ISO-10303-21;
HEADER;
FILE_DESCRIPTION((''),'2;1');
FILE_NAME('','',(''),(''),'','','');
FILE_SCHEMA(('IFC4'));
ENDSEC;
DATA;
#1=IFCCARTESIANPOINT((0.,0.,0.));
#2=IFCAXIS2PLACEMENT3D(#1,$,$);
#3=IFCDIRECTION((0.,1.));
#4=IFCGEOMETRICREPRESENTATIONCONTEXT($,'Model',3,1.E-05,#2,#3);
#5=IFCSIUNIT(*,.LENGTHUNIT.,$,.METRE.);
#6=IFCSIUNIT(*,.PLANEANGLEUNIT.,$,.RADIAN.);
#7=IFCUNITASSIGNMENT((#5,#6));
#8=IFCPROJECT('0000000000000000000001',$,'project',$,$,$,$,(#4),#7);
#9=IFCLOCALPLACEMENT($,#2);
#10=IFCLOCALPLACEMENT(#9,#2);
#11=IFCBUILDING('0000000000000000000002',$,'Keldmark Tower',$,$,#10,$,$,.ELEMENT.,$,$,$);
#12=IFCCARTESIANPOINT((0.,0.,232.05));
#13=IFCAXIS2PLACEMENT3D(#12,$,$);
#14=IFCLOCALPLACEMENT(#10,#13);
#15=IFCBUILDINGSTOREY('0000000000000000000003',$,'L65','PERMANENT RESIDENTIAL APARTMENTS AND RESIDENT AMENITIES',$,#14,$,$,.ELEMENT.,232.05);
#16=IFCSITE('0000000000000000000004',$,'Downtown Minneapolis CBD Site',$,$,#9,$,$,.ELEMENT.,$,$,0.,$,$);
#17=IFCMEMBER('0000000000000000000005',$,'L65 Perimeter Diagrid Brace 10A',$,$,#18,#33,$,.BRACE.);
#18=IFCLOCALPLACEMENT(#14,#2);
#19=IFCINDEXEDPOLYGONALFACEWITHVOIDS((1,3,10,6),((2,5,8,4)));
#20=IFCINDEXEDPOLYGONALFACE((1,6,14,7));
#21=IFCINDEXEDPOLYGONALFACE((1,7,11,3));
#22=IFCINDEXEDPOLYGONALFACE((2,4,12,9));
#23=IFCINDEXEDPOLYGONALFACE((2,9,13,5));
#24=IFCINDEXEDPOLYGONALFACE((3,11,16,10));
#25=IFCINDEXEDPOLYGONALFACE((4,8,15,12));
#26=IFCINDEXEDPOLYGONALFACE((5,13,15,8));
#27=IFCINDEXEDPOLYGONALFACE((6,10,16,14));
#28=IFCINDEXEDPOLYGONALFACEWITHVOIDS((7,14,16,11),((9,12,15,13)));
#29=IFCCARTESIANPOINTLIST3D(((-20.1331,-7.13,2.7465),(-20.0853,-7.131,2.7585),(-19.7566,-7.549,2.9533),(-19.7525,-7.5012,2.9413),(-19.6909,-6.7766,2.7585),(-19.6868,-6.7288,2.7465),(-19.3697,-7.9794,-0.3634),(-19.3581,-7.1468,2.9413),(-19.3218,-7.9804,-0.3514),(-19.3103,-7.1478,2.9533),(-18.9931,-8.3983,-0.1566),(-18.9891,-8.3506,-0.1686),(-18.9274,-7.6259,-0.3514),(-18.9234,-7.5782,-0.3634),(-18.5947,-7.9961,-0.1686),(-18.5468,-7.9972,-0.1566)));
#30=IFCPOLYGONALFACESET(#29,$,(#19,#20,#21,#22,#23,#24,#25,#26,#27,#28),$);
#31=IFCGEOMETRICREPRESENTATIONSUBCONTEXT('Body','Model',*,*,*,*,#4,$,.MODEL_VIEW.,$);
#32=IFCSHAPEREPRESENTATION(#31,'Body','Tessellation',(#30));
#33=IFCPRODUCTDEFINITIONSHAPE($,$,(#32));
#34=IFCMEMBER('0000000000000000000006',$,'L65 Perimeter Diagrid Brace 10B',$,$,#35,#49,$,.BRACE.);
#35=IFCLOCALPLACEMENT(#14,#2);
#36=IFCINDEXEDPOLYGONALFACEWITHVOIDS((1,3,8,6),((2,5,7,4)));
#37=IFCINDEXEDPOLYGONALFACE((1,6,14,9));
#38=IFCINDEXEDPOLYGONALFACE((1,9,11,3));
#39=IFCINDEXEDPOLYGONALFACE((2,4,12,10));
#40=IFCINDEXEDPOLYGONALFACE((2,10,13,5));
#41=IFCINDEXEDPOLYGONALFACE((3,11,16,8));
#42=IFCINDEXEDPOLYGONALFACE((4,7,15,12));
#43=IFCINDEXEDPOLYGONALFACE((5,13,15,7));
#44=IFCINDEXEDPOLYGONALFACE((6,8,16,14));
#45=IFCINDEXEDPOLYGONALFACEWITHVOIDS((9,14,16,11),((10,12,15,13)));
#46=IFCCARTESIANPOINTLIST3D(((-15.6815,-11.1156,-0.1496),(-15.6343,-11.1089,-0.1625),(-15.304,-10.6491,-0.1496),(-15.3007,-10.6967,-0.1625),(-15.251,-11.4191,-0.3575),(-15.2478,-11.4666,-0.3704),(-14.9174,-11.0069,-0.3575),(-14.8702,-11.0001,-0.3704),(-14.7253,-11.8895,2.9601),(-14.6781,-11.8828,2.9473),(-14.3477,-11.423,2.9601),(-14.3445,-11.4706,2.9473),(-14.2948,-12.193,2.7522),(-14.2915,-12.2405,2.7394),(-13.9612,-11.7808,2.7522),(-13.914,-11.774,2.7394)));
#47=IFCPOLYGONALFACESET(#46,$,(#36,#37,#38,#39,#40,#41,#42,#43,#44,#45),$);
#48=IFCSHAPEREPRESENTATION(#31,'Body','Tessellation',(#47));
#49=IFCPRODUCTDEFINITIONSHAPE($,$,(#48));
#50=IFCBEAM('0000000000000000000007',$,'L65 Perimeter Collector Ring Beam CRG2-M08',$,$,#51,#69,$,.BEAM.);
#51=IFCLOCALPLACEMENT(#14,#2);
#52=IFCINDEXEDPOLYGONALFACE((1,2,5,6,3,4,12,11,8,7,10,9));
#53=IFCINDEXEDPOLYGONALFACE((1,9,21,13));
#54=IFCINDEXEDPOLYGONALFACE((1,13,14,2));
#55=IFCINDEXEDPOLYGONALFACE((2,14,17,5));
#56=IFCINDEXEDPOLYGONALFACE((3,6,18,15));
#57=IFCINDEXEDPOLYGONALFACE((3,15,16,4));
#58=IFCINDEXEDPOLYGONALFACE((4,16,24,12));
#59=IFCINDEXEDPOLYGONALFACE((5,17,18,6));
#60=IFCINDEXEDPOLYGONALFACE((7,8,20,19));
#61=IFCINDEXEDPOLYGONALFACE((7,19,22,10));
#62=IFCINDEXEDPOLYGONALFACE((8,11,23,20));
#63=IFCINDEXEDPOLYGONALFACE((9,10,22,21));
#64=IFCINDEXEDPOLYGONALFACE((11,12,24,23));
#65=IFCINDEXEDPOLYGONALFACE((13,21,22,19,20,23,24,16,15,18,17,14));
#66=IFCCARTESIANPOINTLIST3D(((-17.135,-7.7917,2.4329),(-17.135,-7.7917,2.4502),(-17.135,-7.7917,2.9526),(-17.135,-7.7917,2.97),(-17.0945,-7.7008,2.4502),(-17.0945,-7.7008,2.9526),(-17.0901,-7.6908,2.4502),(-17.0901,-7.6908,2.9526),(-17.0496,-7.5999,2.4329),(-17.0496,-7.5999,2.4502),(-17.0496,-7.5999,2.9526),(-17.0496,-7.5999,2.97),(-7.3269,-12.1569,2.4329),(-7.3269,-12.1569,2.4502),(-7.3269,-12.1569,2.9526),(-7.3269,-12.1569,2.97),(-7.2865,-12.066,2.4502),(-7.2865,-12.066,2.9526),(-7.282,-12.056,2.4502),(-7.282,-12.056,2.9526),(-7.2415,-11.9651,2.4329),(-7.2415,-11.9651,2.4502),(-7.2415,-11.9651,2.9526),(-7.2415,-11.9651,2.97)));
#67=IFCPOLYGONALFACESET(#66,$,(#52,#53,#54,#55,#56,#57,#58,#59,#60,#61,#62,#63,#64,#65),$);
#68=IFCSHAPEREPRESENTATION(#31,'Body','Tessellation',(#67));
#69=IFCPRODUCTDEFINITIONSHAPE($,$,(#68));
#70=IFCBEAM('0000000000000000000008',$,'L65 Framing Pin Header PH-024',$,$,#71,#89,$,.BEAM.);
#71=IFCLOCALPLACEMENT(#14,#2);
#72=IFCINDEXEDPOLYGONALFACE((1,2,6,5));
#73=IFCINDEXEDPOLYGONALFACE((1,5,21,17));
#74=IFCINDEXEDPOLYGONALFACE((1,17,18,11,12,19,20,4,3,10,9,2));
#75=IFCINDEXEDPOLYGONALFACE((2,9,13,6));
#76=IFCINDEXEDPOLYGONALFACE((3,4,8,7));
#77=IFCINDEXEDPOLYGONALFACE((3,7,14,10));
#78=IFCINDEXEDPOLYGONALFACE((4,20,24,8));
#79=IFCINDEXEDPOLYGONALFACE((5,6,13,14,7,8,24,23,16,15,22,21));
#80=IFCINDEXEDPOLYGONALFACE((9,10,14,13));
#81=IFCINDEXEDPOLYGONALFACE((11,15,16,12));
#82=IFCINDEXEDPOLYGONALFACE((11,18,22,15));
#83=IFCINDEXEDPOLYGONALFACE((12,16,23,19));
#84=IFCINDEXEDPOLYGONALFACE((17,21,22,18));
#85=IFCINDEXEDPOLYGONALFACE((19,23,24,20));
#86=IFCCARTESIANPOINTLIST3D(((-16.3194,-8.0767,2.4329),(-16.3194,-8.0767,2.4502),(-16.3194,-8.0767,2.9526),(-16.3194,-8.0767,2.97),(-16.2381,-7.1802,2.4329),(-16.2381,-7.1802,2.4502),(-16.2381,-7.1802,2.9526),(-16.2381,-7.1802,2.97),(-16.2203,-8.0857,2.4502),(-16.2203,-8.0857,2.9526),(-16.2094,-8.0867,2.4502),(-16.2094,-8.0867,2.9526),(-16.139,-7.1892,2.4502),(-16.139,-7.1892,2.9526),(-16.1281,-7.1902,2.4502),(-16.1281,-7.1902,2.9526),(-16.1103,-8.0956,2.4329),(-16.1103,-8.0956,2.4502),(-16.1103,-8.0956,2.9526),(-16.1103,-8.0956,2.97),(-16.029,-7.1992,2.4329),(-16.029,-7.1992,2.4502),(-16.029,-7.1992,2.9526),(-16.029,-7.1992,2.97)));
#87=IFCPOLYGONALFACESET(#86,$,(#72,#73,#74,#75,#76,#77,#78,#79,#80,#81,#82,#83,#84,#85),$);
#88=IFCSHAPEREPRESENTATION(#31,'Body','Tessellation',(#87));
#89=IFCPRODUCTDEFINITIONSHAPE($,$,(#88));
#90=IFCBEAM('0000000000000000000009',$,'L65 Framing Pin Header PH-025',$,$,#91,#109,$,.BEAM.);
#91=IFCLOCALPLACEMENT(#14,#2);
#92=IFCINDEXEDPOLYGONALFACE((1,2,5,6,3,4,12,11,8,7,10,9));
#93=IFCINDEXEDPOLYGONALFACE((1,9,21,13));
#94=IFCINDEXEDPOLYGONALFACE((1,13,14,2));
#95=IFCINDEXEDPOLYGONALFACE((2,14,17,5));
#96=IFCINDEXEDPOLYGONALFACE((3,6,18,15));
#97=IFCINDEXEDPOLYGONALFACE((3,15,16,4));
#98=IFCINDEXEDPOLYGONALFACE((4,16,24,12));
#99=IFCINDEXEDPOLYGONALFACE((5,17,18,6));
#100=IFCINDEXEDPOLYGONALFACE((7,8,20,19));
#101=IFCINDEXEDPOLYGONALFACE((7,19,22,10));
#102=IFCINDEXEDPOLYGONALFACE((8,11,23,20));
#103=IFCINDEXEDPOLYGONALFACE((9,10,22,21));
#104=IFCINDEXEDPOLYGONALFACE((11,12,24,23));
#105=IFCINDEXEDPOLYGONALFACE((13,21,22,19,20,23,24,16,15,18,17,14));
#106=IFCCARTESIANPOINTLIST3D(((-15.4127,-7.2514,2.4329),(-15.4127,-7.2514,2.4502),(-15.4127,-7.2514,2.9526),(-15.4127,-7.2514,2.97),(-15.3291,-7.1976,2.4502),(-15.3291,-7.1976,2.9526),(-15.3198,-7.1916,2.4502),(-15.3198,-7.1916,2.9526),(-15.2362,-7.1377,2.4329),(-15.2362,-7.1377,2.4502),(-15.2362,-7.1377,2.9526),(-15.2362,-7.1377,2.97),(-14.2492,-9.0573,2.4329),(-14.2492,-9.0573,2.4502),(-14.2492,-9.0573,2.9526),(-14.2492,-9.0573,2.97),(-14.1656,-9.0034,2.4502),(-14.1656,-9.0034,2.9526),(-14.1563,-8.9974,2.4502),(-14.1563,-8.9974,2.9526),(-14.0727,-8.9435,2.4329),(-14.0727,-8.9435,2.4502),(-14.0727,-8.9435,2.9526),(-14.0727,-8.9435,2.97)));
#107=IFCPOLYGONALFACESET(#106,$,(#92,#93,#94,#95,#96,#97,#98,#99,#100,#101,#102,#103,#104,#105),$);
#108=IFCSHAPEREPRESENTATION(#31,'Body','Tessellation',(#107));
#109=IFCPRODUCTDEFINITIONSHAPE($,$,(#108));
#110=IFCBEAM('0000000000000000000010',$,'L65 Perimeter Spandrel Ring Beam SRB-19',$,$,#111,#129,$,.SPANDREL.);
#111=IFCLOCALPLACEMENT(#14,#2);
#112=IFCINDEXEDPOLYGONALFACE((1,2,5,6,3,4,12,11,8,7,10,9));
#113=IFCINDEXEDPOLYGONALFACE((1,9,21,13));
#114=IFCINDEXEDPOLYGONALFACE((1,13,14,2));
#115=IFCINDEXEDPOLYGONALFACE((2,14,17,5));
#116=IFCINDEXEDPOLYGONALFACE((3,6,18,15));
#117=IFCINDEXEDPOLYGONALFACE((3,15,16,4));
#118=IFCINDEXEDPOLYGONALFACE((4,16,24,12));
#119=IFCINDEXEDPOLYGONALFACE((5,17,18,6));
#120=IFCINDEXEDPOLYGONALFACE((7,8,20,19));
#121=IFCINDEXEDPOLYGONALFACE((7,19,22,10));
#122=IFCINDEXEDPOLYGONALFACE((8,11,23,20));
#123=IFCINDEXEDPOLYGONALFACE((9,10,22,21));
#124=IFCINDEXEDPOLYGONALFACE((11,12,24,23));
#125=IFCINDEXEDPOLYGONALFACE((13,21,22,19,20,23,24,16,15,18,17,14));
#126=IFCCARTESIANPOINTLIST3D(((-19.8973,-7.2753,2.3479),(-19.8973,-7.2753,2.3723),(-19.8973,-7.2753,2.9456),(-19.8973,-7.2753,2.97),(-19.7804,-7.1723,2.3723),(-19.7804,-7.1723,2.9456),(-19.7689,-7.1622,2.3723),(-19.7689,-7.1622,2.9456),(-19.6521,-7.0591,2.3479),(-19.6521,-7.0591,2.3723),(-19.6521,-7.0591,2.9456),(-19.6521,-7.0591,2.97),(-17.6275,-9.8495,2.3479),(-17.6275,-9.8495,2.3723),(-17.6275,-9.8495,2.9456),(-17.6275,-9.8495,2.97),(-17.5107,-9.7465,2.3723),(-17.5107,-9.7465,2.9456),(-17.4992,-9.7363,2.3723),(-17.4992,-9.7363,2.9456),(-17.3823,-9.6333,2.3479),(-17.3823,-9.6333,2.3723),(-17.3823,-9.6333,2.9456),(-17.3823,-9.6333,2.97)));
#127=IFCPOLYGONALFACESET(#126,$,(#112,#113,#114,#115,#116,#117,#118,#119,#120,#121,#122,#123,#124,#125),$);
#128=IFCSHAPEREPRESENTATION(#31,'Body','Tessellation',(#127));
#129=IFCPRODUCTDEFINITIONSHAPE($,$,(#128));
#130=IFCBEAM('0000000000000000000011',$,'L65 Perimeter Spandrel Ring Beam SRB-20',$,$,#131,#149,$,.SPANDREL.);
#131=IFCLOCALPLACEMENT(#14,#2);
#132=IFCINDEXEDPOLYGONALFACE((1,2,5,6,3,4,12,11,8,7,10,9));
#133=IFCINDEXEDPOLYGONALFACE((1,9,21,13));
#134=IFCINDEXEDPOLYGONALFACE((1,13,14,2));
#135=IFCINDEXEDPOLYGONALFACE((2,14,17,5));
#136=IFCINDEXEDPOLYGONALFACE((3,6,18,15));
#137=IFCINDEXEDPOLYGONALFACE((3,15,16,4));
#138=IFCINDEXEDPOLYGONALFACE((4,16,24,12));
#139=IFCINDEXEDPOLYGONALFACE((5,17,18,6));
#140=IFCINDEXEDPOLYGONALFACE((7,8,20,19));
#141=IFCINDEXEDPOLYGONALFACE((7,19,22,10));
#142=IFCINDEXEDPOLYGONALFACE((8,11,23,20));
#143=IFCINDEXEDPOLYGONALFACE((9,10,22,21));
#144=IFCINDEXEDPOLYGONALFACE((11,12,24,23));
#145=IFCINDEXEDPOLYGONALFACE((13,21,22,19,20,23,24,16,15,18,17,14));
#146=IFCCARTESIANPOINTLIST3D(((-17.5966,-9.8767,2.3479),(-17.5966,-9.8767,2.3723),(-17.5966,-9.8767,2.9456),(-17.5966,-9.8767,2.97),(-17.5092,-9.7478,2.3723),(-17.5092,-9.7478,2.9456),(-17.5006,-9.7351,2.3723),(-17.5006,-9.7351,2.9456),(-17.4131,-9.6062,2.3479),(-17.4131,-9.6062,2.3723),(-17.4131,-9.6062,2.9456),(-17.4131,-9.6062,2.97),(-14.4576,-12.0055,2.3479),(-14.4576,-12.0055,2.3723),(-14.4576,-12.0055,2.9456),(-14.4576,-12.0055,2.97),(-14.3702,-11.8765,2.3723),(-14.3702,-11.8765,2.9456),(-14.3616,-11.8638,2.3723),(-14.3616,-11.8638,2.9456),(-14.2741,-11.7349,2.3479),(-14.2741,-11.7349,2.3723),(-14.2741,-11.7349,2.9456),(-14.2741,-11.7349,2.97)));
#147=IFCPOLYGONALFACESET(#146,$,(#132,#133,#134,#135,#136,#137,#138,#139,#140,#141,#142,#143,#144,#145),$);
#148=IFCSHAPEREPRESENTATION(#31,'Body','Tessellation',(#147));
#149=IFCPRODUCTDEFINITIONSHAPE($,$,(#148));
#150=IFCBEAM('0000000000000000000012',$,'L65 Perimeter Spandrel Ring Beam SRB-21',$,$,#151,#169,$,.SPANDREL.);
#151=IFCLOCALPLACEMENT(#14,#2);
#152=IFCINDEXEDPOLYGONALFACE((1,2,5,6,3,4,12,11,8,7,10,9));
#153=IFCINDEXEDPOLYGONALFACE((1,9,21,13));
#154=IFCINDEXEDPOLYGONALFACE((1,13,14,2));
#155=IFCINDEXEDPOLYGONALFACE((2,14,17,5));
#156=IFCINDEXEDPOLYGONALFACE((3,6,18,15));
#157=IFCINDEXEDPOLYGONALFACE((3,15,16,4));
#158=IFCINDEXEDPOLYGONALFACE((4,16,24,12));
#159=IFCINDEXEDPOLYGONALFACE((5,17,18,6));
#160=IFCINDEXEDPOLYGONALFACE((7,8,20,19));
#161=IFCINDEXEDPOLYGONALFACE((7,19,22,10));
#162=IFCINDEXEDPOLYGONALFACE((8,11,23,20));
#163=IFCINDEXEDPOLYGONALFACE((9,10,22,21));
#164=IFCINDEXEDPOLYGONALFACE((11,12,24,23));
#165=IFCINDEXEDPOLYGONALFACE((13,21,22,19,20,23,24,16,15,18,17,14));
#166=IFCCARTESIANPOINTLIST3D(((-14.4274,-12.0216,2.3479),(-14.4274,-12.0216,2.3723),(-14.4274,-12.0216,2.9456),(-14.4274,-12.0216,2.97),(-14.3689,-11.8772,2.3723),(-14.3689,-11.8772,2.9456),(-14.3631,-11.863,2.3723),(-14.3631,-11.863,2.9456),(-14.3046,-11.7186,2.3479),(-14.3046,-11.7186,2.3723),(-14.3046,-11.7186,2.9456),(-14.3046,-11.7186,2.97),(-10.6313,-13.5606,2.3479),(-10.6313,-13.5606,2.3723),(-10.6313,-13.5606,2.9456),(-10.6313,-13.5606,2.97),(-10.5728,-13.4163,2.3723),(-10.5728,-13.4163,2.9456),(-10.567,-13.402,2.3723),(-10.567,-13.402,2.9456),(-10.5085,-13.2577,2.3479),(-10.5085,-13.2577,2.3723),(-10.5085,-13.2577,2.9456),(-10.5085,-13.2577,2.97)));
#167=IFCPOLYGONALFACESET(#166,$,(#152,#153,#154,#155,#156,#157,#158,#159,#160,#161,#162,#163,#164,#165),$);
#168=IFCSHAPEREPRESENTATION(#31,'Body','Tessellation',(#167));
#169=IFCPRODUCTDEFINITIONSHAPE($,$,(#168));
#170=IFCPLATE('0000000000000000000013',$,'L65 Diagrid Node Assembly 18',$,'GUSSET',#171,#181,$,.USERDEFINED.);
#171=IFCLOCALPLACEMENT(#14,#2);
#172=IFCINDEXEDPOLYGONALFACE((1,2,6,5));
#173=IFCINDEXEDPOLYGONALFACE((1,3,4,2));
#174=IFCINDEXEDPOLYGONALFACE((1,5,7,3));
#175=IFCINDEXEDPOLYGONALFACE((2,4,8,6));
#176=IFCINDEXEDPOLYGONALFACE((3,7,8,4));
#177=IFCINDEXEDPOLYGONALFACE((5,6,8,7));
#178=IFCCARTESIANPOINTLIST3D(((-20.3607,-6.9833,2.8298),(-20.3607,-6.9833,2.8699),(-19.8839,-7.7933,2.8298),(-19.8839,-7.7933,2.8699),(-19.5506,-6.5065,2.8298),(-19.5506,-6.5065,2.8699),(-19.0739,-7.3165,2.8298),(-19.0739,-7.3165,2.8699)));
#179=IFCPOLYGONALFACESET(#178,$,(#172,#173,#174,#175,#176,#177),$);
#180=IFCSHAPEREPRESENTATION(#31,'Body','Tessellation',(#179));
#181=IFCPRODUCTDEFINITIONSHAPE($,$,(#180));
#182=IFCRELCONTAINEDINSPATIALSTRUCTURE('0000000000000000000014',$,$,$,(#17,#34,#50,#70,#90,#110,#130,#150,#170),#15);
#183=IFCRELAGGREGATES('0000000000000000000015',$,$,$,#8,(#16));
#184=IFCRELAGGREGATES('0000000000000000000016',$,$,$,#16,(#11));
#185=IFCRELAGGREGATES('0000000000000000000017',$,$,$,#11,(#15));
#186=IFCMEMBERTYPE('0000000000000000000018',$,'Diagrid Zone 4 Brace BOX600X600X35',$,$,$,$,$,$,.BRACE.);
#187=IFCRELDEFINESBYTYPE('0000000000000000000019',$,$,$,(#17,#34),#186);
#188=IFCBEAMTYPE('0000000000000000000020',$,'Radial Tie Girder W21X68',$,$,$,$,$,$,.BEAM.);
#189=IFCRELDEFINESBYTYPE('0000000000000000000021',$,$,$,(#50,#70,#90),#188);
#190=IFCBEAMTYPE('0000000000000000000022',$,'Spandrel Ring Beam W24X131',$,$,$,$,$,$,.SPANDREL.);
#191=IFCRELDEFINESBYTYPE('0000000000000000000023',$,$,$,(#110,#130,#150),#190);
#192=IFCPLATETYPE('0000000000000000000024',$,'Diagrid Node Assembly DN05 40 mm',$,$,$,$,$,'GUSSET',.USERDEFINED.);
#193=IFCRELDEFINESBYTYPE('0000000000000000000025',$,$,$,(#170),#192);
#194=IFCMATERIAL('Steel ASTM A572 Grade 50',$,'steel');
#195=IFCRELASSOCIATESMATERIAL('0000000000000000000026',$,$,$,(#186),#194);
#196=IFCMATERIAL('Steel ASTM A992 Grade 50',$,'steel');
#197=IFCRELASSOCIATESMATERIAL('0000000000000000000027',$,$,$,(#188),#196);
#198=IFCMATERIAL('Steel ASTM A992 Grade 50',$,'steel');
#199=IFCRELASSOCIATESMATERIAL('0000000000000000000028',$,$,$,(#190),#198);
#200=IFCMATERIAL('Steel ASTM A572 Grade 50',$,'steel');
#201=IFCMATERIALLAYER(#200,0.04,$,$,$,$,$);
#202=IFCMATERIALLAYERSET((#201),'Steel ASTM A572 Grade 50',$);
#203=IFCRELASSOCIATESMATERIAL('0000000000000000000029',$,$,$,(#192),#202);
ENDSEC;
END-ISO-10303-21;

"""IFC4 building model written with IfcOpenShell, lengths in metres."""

from ifc_helpers import new_model, si_unit, direction, frame, origin, origin_2d, place, context, subcontext, project, spatial, rectangle, hollow_rectangle, i_section, extrude, material, layer, layer_set, material_profile, profile_set, type_object, element, save


model = new_model("IFC4")

# Units and contexts
model_context = context("Model", 3, precision=1e-05, world=origin(), true_north=direction((0.0, 1.0)))
body_context = subcontext(model_context, "Body", "Model", "MODEL_VIEW")
ifc_project = project(units=[si_unit("LENGTHUNIT", "METRE"), si_unit("PLANEANGLEUNIT", "RADIAN")], contexts=[model_context])

# Site, building, storey
site_placement = place(None, origin())
site = spatial("IfcSite", under=ifc_project, at=site_placement, Name="Downtown Minneapolis CBD Site", CompositionType="ELEMENT", RefElevation=0.0)
building_placement = place(site_placement, origin())
building = spatial("IfcBuilding", under=site, at=building_placement, Name="Keldmark Tower", CompositionType="ELEMENT")
storey_placement = place(building_placement, frame((0.0, 0.0, 232.05)))
storey = spatial("IfcBuildingStorey", under=building, at=storey_placement, Name="L65", Description="PERMANENT RESIDENTIAL APARTMENTS AND RESIDENT AMENITIES", CompositionType="ELEMENT", Elevation=232.05)

# Members
ifc_material_1 = material(Name="Steel ASTM A572 Grade 50", Category="steel")
ifc_material_profile_1 = material_profile(ifc_material_1, hollow_rectangle(XDim=0.6001, YDim=0.6001, WallThickness=0.0349, at=origin_2d()), Name="BOX600X600X35")
ifc_profile_set_1 = profile_set([ifc_material_profile_1], Name="Steel ASTM A572 Grade 50")
member_type = type_object("IfcMemberType", Name="Diagrid Zone 4 Brace BOX600X600X35", PredefinedType="BRACE", material=ifc_profile_set_1)
member_1_placement = place(storey_placement, frame((-18.9583, -7.9883, -0.26), z_axis=(-0.230439, 0.256379, 0.938705), x_axis=(-0.74373, -0.66848, 0.0)))
element("IfcMember", 1, at=member_1_placement, inside=storey, type_object=member_type, Name="L65 Perimeter Diagrid Brace 10A", PredefinedType="BRACE", context=body_context, shape_type="SweptSolid", body=[
    extrude(hollow_rectangle(XDim=0.6001, YDim=0.6001, WallThickness=0.0349, at=origin_2d()), origin(), (0.0, 0.0, 1.0), 3.313),
])
member_2_placement = place(storey_placement, frame((-15.2759, -11.0579, -0.26), z_axis=(0.285944, -0.231412, 0.929884), x_axis=(0.62909, 0.777333, 0.0)))
element("IfcMember", 2, at=member_2_placement, inside=storey, type_object=member_type, Name="L65 Perimeter Diagrid Brace 10B", PredefinedType="BRACE", context=body_context, shape_type="SweptSolid", body=[
    extrude(hollow_rectangle(XDim=0.6001, YDim=0.6001, WallThickness=0.0349, at=origin_2d()), origin(), (0.0, 0.0, 1.0), 3.3442),
])

# Beams
ifc_material_2 = material(Name="Steel ASTM A992 Grade 50", Category="steel")
ifc_material_profile_2 = material_profile(ifc_material_2, i_section(OverallWidth=0.21, OverallDepth=0.5371, WebThickness=0.011, FlangeThickness=0.0173, at=origin_2d()), Name="W21X68")
ifc_profile_set_2 = profile_set([ifc_material_profile_2], Name="Steel ASTM A992 Grade 50")
beam_type_1 = type_object("IfcBeamType", Name="Radial Tie Girder W21X68", PredefinedType="BEAM", material=ifc_profile_set_2)
beam_1_placement = place(storey_placement, frame((-17.0923, -7.6958, 2.7014), z_axis=(0.913601, -0.406611, 0.0), x_axis=(0.406611, 0.913601, 0.0)))
element("IfcBeam", 3, at=beam_1_placement, inside=storey, type_object=beam_type_1, Name="L65 Perimeter Collector Ring Beam CRG2-M08", PredefinedType="BEAM", context=body_context, shape_type="SweptSolid", body=[
    extrude(i_section(OverallWidth=0.21, OverallDepth=0.5371, WebThickness=0.011, FlangeThickness=0.0173, at=origin_2d()), origin(), (0.0, 0.0, 1.0), 10.7356),
])
beam_2_placement = place(storey_placement, frame((-16.1335, -7.1897, 2.7014), z_axis=(-0.090316, -0.995913, 0.0), x_axis=(0.995913, -0.090316, 0.0)))
element("IfcBeam", 4, at=beam_2_placement, inside=storey, type_object=beam_type_1, Name="L65 Framing Pin Header PH-024", PredefinedType="BEAM", context=body_context, shape_type="SweptSolid", body=[
    extrude(i_section(OverallWidth=0.21, OverallDepth=0.5371, WebThickness=0.011, FlangeThickness=0.0173, at=origin_2d()), origin(), (0.0, 0.0, 1.0), 0.9001),
])
beam_3_placement = place(storey_placement, frame((-15.3245, -7.1946, 2.7014), z_axis=(0.541625, -0.84062, 0.0), x_axis=(0.84062, 0.541625, 0.0)))
element("IfcBeam", 5, at=beam_3_placement, inside=storey, type_object=beam_type_1, Name="L65 Framing Pin Header PH-025", PredefinedType="BEAM", context=body_context, shape_type="SweptSolid", body=[
    extrude(i_section(OverallWidth=0.21, OverallDepth=0.5371, WebThickness=0.011, FlangeThickness=0.0173, at=origin_2d()), origin(), (0.0, 0.0, 1.0), 2.1482),
])
ifc_material_3 = material(Name="Steel ASTM A992 Grade 50", Category="steel")
ifc_material_profile_3 = material_profile(ifc_material_3, i_section(OverallWidth=0.3269, OverallDepth=0.6221, WebThickness=0.0154, FlangeThickness=0.0244, at=origin_2d()), Name="W24X131")
ifc_profile_set_3 = profile_set([ifc_material_profile_3], Name="Steel ASTM A992 Grade 50")
beam_type_2 = type_object("IfcBeamType", Name="Spandrel Ring Beam W24X131", PredefinedType="SPANDREL", material=ifc_profile_set_3)
beam_4_placement = place(storey_placement, frame((-19.7747, -7.1672, 2.6589), z_axis=(0.66136, -0.750068, 0.0), x_axis=(0.750068, 0.66136, 0.0)))
element("IfcBeam", 6, at=beam_4_placement, inside=storey, type_object=beam_type_2, Name="L65 Perimeter Spandrel Ring Beam SRB-19", PredefinedType="SPANDREL", context=body_context, shape_type="SweptSolid", body=[
    extrude(i_section(OverallWidth=0.3269, OverallDepth=0.6221, WebThickness=0.0154, FlangeThickness=0.0244, at=origin_2d()), origin(), (0.0, 0.0, 1.0), 3.4319),
])
beam_5_placement = place(storey_placement, frame((-17.5049, -9.7415, 2.6589), z_axis=(0.827637, -0.561264, 0.0), x_axis=(0.561264, 0.827637, 0.0)))
element("IfcBeam", 7, at=beam_5_placement, inside=storey, type_object=beam_type_2, Name="L65 Perimeter Spandrel Ring Beam SRB-20", PredefinedType="SPANDREL", context=body_context, shape_type="SweptSolid", body=[
    extrude(i_section(OverallWidth=0.3269, OverallDepth=0.6221, WebThickness=0.0154, FlangeThickness=0.0244, at=origin_2d()), origin(), (0.0, 0.0, 1.0), 3.7927),
])
beam_6_placement = place(storey_placement, frame((-14.366, -11.8701, 2.6589), z_axis=(0.926732, -0.375723, 0.0), x_axis=(0.375723, 0.926732, 0.0)))
element("IfcBeam", 8, at=beam_6_placement, inside=storey, type_object=beam_type_2, Name="L65 Perimeter Spandrel Ring Beam SRB-21", PredefinedType="SPANDREL", context=body_context, shape_type="SweptSolid", body=[
    extrude(i_section(OverallWidth=0.3269, OverallDepth=0.6221, WebThickness=0.0154, FlangeThickness=0.0244, at=origin_2d()), origin(), (0.0, 0.0, 1.0), 4.0962),
])

# Plate
ifc_material_4 = material(Name="Steel ASTM A572 Grade 50", Category="steel")
ifc_layer_1 = layer(ifc_material_4, 0.04)
ifc_layer_set_1 = layer_set([ifc_layer_1], Name="Steel ASTM A572 Grade 50")
plate_type = type_object("IfcPlateType", Name="Diagrid Node Assembly DN05 40 mm", ElementType="GUSSET", PredefinedType="USERDEFINED", material=ifc_layer_set_1)
for number, where, z_axis, x_axis, name in (
    (9, (-19.7173, -7.1499, 2.8298), (0.0, 0.0, 1.0), (0.507238, -0.861806, 0.0), "L65 Diagrid Node Assembly 18"),
):
    element("IfcPlate", number, at=place(storey_placement, frame(where, z_axis=z_axis, x_axis=x_axis)), inside=storey, type_object=plate_type, Name=name, ObjectType="GUSSET", PredefinedType="USERDEFINED", context=body_context, shape_type="SweptSolid", body=[
        extrude(rectangle(XDim=0.9399, YDim=0.9399, at=origin_2d()), origin(), (0.0, 0.0, 1.0), 0.04),
    ])

save(model, "model.ifc")
